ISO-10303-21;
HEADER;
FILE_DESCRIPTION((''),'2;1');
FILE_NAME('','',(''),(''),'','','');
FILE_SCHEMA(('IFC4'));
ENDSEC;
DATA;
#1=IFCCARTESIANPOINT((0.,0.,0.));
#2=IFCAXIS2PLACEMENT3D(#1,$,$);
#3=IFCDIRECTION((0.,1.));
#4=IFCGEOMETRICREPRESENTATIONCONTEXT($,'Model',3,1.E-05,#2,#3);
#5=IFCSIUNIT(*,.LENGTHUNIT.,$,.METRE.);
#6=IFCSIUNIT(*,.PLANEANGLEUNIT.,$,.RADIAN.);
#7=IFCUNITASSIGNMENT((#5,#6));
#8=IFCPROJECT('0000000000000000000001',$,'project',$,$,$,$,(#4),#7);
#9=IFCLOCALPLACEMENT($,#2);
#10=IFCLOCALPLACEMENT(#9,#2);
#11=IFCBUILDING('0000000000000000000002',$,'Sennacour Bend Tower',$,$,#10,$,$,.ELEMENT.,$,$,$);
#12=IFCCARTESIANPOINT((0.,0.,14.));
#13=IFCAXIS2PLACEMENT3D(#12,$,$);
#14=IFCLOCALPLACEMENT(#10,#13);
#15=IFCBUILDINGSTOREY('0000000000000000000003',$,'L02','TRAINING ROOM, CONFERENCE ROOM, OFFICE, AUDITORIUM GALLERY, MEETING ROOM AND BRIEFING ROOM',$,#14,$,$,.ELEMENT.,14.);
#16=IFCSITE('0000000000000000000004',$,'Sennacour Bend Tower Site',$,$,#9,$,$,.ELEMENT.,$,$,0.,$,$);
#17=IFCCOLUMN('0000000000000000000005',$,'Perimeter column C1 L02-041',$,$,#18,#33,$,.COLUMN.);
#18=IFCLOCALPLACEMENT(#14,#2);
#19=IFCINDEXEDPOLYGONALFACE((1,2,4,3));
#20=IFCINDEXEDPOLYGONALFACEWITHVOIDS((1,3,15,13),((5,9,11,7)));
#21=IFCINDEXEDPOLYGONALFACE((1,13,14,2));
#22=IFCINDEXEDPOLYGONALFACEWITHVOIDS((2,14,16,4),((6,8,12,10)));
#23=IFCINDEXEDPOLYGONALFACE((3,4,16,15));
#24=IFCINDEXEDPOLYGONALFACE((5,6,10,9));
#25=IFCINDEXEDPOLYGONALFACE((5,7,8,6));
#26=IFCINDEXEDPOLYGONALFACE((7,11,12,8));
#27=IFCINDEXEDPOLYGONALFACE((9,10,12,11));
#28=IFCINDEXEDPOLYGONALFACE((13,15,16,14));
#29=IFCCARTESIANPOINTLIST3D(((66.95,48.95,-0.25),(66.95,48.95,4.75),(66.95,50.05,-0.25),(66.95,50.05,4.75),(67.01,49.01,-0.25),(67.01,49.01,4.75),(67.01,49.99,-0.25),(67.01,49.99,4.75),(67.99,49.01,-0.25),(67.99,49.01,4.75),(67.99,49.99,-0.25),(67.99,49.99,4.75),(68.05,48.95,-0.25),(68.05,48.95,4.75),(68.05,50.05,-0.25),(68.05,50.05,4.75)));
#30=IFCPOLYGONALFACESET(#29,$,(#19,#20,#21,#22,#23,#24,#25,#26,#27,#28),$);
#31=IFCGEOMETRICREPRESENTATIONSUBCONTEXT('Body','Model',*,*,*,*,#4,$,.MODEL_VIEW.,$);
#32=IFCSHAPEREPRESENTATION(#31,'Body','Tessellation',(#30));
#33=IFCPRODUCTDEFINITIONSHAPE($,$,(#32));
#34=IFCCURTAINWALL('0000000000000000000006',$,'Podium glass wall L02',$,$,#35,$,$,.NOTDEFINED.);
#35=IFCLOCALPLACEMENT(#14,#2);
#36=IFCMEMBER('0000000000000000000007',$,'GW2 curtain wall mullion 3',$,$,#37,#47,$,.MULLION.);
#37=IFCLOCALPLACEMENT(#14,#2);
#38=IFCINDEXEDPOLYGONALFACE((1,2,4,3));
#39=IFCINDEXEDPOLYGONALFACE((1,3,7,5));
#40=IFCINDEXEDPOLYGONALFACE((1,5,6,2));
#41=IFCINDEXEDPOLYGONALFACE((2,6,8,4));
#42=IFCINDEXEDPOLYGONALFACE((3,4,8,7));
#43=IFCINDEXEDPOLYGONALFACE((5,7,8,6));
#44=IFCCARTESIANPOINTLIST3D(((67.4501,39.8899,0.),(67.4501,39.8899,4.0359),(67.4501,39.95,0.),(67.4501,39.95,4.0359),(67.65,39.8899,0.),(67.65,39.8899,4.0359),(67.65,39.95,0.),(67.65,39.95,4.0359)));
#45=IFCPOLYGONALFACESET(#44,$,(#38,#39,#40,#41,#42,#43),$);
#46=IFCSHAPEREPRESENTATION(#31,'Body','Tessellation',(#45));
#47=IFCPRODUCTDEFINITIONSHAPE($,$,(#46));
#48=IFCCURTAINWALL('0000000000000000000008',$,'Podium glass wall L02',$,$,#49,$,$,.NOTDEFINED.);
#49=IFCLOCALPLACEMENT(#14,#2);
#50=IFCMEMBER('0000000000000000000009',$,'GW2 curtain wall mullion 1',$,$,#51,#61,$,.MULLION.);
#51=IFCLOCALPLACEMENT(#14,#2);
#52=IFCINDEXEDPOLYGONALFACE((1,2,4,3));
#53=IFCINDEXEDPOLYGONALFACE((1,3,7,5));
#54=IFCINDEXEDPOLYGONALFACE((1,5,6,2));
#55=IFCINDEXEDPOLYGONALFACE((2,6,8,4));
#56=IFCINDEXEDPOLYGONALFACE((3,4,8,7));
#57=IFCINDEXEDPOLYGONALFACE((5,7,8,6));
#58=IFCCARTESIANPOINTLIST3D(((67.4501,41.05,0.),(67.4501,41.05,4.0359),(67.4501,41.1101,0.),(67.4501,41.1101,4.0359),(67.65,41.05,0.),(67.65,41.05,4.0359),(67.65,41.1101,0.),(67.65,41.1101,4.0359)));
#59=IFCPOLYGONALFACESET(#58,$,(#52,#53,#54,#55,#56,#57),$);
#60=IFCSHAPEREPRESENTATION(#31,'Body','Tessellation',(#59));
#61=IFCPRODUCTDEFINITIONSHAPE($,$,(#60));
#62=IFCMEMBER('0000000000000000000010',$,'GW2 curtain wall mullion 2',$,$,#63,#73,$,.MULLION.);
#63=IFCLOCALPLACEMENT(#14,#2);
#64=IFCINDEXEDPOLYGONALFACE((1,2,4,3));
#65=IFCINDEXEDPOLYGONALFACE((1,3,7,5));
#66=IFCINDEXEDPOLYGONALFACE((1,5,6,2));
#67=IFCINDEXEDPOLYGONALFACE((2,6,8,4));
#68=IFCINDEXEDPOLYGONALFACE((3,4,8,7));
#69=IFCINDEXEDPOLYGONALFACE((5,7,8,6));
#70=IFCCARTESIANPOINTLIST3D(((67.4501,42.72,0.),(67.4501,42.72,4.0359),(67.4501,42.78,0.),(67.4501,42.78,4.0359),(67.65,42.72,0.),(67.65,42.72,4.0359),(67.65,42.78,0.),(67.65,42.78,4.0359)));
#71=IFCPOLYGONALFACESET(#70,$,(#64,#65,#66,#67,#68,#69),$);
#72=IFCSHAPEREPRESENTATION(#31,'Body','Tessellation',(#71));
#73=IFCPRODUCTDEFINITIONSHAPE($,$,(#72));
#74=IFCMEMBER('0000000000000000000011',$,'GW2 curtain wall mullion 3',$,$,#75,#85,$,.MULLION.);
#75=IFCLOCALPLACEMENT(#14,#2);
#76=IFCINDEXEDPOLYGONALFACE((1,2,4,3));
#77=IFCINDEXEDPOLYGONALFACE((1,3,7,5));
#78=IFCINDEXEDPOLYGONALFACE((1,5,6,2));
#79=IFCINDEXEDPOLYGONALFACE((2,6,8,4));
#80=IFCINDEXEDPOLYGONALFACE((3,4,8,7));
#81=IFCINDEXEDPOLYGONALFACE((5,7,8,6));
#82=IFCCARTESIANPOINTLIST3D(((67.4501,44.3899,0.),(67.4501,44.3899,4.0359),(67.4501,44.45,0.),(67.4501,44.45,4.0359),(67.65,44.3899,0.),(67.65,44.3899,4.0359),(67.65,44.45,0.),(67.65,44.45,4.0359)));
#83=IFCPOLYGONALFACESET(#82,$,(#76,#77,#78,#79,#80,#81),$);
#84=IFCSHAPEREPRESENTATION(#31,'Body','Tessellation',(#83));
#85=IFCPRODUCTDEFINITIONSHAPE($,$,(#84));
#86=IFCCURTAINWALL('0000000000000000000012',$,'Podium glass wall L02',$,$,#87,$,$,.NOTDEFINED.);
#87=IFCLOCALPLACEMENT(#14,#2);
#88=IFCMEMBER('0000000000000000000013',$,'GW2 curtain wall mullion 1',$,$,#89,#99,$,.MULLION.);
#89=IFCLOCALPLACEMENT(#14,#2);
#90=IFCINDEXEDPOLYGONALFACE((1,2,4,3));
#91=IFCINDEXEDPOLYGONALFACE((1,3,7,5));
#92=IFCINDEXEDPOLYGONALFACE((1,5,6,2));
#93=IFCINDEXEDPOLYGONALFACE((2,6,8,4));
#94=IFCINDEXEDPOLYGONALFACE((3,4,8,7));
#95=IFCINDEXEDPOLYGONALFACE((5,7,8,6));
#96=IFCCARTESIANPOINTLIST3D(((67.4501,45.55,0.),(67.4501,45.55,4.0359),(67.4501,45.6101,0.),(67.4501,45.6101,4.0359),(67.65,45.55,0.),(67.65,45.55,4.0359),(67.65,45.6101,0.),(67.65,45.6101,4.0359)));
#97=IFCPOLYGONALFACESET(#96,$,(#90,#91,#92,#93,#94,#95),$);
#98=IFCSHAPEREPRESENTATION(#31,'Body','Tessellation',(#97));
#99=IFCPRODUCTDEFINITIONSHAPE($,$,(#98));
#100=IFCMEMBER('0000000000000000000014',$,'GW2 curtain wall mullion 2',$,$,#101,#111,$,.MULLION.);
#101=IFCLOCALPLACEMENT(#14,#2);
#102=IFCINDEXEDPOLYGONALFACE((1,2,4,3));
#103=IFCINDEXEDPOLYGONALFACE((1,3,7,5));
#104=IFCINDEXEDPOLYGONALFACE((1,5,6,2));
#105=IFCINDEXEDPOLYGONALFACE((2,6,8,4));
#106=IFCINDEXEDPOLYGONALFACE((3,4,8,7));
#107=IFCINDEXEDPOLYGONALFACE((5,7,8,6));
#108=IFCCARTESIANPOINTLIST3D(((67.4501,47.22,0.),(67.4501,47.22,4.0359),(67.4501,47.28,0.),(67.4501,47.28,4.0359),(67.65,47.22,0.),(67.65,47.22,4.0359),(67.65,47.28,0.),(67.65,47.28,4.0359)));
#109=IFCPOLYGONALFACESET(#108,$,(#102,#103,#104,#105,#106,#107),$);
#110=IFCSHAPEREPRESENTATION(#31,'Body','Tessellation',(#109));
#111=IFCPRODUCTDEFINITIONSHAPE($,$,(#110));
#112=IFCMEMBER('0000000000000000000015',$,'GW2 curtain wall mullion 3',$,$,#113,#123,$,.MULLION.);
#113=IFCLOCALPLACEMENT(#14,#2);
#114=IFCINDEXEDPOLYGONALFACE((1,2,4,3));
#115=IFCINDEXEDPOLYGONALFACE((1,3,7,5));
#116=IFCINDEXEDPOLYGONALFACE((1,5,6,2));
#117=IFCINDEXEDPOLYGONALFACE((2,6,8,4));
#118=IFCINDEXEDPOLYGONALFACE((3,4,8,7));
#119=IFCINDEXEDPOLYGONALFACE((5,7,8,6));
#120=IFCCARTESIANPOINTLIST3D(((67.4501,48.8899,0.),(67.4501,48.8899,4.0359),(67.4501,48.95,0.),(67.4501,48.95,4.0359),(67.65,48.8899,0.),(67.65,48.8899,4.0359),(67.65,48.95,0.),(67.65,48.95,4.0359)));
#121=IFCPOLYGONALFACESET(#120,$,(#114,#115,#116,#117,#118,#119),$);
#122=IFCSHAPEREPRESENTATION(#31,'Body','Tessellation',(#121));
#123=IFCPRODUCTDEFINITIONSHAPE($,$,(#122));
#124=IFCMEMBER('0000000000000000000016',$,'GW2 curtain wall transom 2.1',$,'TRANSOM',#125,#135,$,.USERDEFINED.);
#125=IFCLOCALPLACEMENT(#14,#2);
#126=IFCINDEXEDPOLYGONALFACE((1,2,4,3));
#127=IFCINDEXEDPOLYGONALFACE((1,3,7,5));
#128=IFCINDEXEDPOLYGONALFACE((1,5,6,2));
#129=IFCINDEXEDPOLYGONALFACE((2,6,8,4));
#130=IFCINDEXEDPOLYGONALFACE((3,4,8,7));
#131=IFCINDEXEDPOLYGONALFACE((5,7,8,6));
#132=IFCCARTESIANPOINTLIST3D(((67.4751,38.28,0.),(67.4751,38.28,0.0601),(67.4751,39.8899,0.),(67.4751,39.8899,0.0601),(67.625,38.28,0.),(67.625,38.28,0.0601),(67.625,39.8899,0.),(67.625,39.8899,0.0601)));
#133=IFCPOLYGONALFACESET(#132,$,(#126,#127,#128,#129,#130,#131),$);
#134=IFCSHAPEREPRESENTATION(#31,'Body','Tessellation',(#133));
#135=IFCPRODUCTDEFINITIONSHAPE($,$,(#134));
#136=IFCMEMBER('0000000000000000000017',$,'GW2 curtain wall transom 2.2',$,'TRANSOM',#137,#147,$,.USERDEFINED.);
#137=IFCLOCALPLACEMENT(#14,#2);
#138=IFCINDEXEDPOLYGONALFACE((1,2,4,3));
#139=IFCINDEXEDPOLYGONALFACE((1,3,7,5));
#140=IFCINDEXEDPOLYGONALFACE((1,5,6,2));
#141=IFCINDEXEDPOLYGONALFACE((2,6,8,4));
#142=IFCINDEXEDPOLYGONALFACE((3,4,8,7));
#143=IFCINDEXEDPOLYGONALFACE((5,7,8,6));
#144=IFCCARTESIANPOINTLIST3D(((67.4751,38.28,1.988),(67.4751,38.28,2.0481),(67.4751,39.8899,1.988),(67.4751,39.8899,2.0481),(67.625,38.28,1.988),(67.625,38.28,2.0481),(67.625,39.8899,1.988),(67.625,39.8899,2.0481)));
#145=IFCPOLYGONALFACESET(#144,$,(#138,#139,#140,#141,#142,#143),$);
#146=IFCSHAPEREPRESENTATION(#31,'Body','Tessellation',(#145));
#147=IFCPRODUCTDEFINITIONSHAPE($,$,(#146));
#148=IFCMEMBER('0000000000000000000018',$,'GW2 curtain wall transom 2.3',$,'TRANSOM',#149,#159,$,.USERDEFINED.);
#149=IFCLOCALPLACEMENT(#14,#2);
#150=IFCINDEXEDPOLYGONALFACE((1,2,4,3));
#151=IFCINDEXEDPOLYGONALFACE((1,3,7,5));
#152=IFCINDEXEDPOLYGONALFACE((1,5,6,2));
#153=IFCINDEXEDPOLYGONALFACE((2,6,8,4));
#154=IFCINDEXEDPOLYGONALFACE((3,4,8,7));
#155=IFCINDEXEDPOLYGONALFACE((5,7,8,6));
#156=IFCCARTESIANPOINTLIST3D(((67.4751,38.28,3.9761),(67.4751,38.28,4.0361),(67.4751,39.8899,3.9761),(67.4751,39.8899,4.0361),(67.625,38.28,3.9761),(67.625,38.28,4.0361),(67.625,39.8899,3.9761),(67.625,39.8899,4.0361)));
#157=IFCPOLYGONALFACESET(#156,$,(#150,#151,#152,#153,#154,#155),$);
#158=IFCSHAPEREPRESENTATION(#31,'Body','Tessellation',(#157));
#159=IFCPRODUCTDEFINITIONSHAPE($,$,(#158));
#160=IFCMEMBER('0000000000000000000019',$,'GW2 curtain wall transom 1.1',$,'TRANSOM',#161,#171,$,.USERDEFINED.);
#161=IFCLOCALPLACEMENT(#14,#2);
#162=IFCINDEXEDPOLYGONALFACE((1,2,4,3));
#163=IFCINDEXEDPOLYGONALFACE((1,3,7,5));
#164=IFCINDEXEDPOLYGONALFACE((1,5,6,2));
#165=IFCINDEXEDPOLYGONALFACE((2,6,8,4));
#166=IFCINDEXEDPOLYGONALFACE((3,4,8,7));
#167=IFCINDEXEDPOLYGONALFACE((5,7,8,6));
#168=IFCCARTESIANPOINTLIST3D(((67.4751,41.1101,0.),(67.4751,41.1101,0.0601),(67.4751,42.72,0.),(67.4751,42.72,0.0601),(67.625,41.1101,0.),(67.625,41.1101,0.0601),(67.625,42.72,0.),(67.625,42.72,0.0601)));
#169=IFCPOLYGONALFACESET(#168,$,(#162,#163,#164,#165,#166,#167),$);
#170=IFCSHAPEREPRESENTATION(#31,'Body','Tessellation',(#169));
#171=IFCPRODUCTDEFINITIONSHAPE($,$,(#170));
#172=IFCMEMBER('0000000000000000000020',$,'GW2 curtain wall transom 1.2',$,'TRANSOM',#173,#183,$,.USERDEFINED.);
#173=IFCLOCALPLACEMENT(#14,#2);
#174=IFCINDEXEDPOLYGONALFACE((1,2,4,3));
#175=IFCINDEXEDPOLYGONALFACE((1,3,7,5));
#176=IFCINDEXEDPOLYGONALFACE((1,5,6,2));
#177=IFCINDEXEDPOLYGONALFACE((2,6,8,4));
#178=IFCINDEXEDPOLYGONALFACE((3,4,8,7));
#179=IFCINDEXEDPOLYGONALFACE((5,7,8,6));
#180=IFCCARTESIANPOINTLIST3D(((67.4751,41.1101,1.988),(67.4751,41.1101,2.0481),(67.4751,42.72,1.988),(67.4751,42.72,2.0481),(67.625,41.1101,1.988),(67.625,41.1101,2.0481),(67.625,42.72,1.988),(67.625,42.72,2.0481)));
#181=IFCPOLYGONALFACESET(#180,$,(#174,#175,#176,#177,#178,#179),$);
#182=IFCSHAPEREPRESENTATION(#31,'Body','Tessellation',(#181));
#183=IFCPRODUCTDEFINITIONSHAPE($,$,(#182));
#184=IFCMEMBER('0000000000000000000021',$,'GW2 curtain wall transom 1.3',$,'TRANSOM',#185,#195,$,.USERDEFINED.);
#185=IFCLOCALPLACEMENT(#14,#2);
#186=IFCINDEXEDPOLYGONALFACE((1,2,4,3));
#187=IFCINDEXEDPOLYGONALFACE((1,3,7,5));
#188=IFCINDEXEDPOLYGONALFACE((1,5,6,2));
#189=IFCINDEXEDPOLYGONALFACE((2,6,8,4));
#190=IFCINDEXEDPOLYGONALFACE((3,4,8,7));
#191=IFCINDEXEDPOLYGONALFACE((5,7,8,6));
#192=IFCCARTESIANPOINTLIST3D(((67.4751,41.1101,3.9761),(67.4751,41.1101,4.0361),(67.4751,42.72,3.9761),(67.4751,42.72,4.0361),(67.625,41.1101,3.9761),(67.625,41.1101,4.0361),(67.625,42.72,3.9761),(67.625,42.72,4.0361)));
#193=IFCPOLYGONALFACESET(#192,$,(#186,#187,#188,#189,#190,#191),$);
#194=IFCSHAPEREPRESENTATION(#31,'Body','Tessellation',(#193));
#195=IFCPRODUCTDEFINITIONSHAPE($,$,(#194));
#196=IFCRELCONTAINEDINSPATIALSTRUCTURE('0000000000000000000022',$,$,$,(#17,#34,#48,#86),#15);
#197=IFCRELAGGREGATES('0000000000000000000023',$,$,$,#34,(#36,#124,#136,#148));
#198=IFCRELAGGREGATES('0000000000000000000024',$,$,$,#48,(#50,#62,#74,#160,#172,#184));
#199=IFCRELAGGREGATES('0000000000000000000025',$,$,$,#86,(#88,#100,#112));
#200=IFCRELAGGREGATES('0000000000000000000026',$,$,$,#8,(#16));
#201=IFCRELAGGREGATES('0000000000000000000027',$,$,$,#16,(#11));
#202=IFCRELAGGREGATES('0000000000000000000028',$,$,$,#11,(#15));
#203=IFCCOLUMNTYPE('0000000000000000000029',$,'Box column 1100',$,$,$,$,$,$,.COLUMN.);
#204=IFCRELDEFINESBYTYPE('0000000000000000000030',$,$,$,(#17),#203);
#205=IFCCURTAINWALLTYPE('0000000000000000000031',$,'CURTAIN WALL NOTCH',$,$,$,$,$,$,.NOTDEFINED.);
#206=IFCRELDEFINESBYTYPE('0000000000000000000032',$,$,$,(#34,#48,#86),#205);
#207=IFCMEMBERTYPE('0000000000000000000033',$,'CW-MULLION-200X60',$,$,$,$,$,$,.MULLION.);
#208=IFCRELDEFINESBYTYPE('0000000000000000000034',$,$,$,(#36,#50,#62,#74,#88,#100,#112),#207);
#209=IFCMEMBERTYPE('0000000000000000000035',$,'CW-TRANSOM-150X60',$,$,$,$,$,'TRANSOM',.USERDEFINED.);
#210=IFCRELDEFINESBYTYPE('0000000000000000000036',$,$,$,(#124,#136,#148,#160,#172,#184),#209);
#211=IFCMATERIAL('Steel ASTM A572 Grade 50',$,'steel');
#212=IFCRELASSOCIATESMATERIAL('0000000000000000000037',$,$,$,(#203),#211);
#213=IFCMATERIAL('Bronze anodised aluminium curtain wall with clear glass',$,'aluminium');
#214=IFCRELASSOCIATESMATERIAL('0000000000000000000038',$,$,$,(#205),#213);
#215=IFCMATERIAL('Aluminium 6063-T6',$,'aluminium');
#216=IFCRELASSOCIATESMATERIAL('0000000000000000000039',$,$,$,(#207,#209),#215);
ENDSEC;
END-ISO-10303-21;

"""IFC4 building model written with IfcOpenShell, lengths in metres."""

from ifc_helpers import new_model, si_unit, direction, frame, origin, origin_2d, place, context, subcontext, project, spatial, rectangle, hollow_rectangle, extrude, material, material_profile, profile_set, type_object, element, aggregate, save


model = new_model("IFC4")

# Units and contexts
model_context = context("Model", 3, precision=1e-05, world=origin(), true_north=direction((0.0, 1.0)))
body_context = subcontext(model_context, "Body", "Model", "MODEL_VIEW")
ifc_project = project(units=[si_unit("LENGTHUNIT", "METRE"), si_unit("PLANEANGLEUNIT", "RADIAN")], contexts=[model_context])

# Site, building, storey
site_placement = place(None, origin())
site = spatial("IfcSite", under=ifc_project, at=site_placement, Name="Sennacour Bend Tower Site", CompositionType="ELEMENT", RefElevation=0.0)
building_placement = place(site_placement, origin())
building = spatial("IfcBuilding", under=site, at=building_placement, Name="Sennacour Bend Tower", CompositionType="ELEMENT")
storey_placement = place(building_placement, frame((0.0, 0.0, 14.0)))
storey = spatial("IfcBuildingStorey", under=building, at=storey_placement, Name="L02", Description="TRAINING ROOM, CONFERENCE ROOM, OFFICE, AUDITORIUM GALLERY, MEETING ROOM AND BRIEFING ROOM", CompositionType="ELEMENT", Elevation=14.0)

# Column
ifc_material_1 = material(Name="Steel ASTM A572 Grade 50", Category="steel")
ifc_material_profile_1 = material_profile(ifc_material_1, hollow_rectangle(XDim=1.1001, YDim=1.1001, WallThickness=0.0601, at=origin_2d()), Name="Steel ASTM A572 Grade 50", Category="steel")
ifc_profile_set_1 = profile_set([ifc_material_profile_1], Name="Steel ASTM A572 Grade 50")
column_type = type_object("IfcColumnType", Name="Box column 1100", PredefinedType="COLUMN", material=ifc_profile_set_1)
column_placement = place(storey_placement, frame((67.5, 49.5, -0.25), z_axis=(0.0, 0.0, 1.0), x_axis=(1.0, 0.0, 0.0)))
element("IfcColumn", 1, at=column_placement, inside=storey, type_object=column_type, Name="Perimeter column C1 L02-041", PredefinedType="COLUMN", context=body_context, shape_type="SweptSolid", body=[
    extrude(hollow_rectangle(XDim=1.1001, YDim=1.1001, WallThickness=0.0601, at=origin_2d()), origin(), (0.0, 0.0, 1.0), 5.0),
])

# Curtain wall, member
ifc_material_2 = material(Name="Bronze anodised aluminium curtain wall with clear glass", Category="aluminium")
curtain_wall_type = type_object("IfcCurtainWallType", Name="CURTAIN WALL NOTCH", PredefinedType="NOTDEFINED", material=ifc_material_2)
curtain_wall_1_placement = place(storey_placement, origin())
curtain_wall_1 = element("IfcCurtainWall", 2, at=curtain_wall_1_placement, inside=storey, type_object=curtain_wall_type, Name="Podium glass wall L02", PredefinedType="NOTDEFINED")
ifc_material_3 = material(Name="Aluminium 6063-T6", Category="aluminium")
ifc_material_profile_2 = material_profile(ifc_material_3, rectangle(XDim=0.2, YDim=0.0601, at=origin_2d()), Name="Aluminium 6063-T6", Category="aluminium")
ifc_profile_set_2 = profile_set([ifc_material_profile_2], Name="Aluminium 6063-T6")
member_type_1 = type_object("IfcMemberType", Name="CW-MULLION-200X60", PredefinedType="MULLION", material=ifc_profile_set_2)
member_1_placement = place(storey_placement, frame((67.55, 39.9199, 0.0), z_axis=(0.0, 0.0, 1.0), x_axis=(-1.0, 0.0, 0.0)))
member_1 = element("IfcMember", 3, at=member_1_placement, type_object=member_type_1, Name="GW2 curtain wall mullion 3", PredefinedType="MULLION", context=body_context, shape_type="SweptSolid", body=[
    extrude(rectangle(XDim=0.2, YDim=0.0601, at=origin_2d()), origin(), (0.0, 0.0, 1.0), 4.0359),
])

# Curtain walls, members
curtain_wall_2_placement = place(storey_placement, origin())
curtain_wall_2 = element("IfcCurtainWall", 4, at=curtain_wall_2_placement, inside=storey, type_object=curtain_wall_type, Name="Podium glass wall L02", PredefinedType="NOTDEFINED")
member_2_placement = place(storey_placement, frame((67.55, 41.0801, 0.0), z_axis=(0.0, 0.0, 1.0), x_axis=(-1.0, 0.0, 0.0)))
member_2 = element("IfcMember", 5, at=member_2_placement, type_object=member_type_1, Name="GW2 curtain wall mullion 1", PredefinedType="MULLION", context=body_context, shape_type="SweptSolid", body=[
    extrude(rectangle(XDim=0.2, YDim=0.0601, at=origin_2d()), origin(), (0.0, 0.0, 1.0), 4.0359),
])
member_3_placement = place(storey_placement, frame((67.55, 42.75, 0.0), z_axis=(0.0, 0.0, 1.0), x_axis=(-1.0, 0.0, 0.0)))
member_3 = element("IfcMember", 6, at=member_3_placement, type_object=member_type_1, Name="GW2 curtain wall mullion 2", PredefinedType="MULLION", context=body_context, shape_type="SweptSolid", body=[
    extrude(rectangle(XDim=0.2, YDim=0.0601, at=origin_2d()), origin(), (0.0, 0.0, 1.0), 4.0359),
])
member_4_placement = place(storey_placement, frame((67.55, 44.4199, 0.0), z_axis=(0.0, 0.0, 1.0), x_axis=(-1.0, 0.0, 0.0)))
member_4 = element("IfcMember", 7, at=member_4_placement, type_object=member_type_1, Name="GW2 curtain wall mullion 3", PredefinedType="MULLION", context=body_context, shape_type="SweptSolid", body=[
    extrude(rectangle(XDim=0.2, YDim=0.0601, at=origin_2d()), origin(), (0.0, 0.0, 1.0), 4.0359),
])
curtain_wall_3_placement = place(storey_placement, origin())
curtain_wall_3 = element("IfcCurtainWall", 8, at=curtain_wall_3_placement, inside=storey, type_object=curtain_wall_type, Name="Podium glass wall L02", PredefinedType="NOTDEFINED")
member_5_placement = place(storey_placement, frame((67.55, 45.5801, 0.0), z_axis=(0.0, 0.0, 1.0), x_axis=(-1.0, 0.0, 0.0)))
member_5 = element("IfcMember", 9, at=member_5_placement, type_object=member_type_1, Name="GW2 curtain wall mullion 1", PredefinedType="MULLION", context=body_context, shape_type="SweptSolid", body=[
    extrude(rectangle(XDim=0.2, YDim=0.0601, at=origin_2d()), origin(), (0.0, 0.0, 1.0), 4.0359),
])
member_6_placement = place(storey_placement, frame((67.55, 47.25, 0.0), z_axis=(0.0, 0.0, 1.0), x_axis=(-1.0, 0.0, 0.0)))
member_6 = element("IfcMember", 10, at=member_6_placement, type_object=member_type_1, Name="GW2 curtain wall mullion 2", PredefinedType="MULLION", context=body_context, shape_type="SweptSolid", body=[
    extrude(rectangle(XDim=0.2, YDim=0.0601, at=origin_2d()), origin(), (0.0, 0.0, 1.0), 4.0359),
])
member_7_placement = place(storey_placement, frame((67.55, 48.9199, 0.0), z_axis=(0.0, 0.0, 1.0), x_axis=(-1.0, 0.0, 0.0)))
member_7 = element("IfcMember", 11, at=member_7_placement, type_object=member_type_1, Name="GW2 curtain wall mullion 3", PredefinedType="MULLION", context=body_context, shape_type="SweptSolid", body=[
    extrude(rectangle(XDim=0.2, YDim=0.0601, at=origin_2d()), origin(), (0.0, 0.0, 1.0), 4.0359),
])

# Members
ifc_material_profile_3 = material_profile(ifc_material_3, rectangle(XDim=0.1499, YDim=0.0601, at=origin_2d()), Name="Aluminium 6063-T6", Category="aluminium")
ifc_profile_set_3 = profile_set([ifc_material_profile_3], Name="Aluminium 6063-T6")
member_type_2 = type_object("IfcMemberType", Name="CW-TRANSOM-150X60", ElementType="TRANSOM", PredefinedType="USERDEFINED", material=ifc_profile_set_3)
member_8_placement = place(storey_placement, frame((67.55, 38.28, 0.03), z_axis=(0.0, 1.0, 0.0), x_axis=(-1.0, 0.0, 0.0)))
member_8 = element("IfcMember", 12, at=member_8_placement, type_object=member_type_2, Name="GW2 curtain wall transom 2.1", ObjectType="TRANSOM", PredefinedType="USERDEFINED", context=body_context, shape_type="SweptSolid", body=[
    extrude(rectangle(XDim=0.1499, YDim=0.0601, at=origin_2d()), origin(), (0.0, 0.0, 1.0), 1.6099),
])
member_9_placement = place(storey_placement, frame((67.55, 38.28, 2.0181), z_axis=(0.0, 1.0, 0.0), x_axis=(-1.0, 0.0, 0.0)))
member_9 = element("IfcMember", 13, at=member_9_placement, type_object=member_type_2, Name="GW2 curtain wall transom 2.2", ObjectType="TRANSOM", PredefinedType="USERDEFINED", context=body_context, shape_type="SweptSolid", body=[
    extrude(rectangle(XDim=0.1499, YDim=0.0601, at=origin_2d()), origin(), (0.0, 0.0, 1.0), 1.6099),
])
member_10_placement = place(storey_placement, frame((67.55, 38.28, 4.0061), z_axis=(0.0, 1.0, 0.0), x_axis=(-1.0, 0.0, 0.0)))
member_10 = element("IfcMember", 14, at=member_10_placement, type_object=member_type_2, Name="GW2 curtain wall transom 2.3", ObjectType="TRANSOM", PredefinedType="USERDEFINED", context=body_context, shape_type="SweptSolid", body=[
    extrude(rectangle(XDim=0.1499, YDim=0.0601, at=origin_2d()), origin(), (0.0, 0.0, 1.0), 1.6099),
])
member_11_placement = place(storey_placement, frame((67.55, 41.1101, 0.03), z_axis=(0.0, 1.0, 0.0), x_axis=(-1.0, 0.0, 0.0)))
member_11 = element("IfcMember", 15, at=member_11_placement, type_object=member_type_2, Name="GW2 curtain wall transom 1.1", ObjectType="TRANSOM", PredefinedType="USERDEFINED", context=body_context, shape_type="SweptSolid", body=[
    extrude(rectangle(XDim=0.1499, YDim=0.0601, at=origin_2d()), origin(), (0.0, 0.0, 1.0), 1.6099),
])
member_12_placement = place(storey_placement, frame((67.55, 41.1101, 2.0181), z_axis=(0.0, 1.0, 0.0), x_axis=(-1.0, 0.0, 0.0)))
member_12 = element("IfcMember", 16, at=member_12_placement, type_object=member_type_2, Name="GW2 curtain wall transom 1.2", ObjectType="TRANSOM", PredefinedType="USERDEFINED", context=body_context, shape_type="SweptSolid", body=[
    extrude(rectangle(XDim=0.1499, YDim=0.0601, at=origin_2d()), origin(), (0.0, 0.0, 1.0), 1.6099),
])
member_13_placement = place(storey_placement, frame((67.55, 41.1101, 4.0061), z_axis=(0.0, 1.0, 0.0), x_axis=(-1.0, 0.0, 0.0)))
member_13 = element("IfcMember", 17, at=member_13_placement, type_object=member_type_2, Name="GW2 curtain wall transom 1.3", ObjectType="TRANSOM", PredefinedType="USERDEFINED", context=body_context, shape_type="SweptSolid", body=[
    extrude(rectangle(XDim=0.1499, YDim=0.0601, at=origin_2d()), origin(), (0.0, 0.0, 1.0), 1.6099),
])

aggregate(curtain_wall_1, [member_1, member_8, member_9, member_10])
aggregate(curtain_wall_2, [member_2, member_3, member_4, member_11, member_12, member_13])
aggregate(curtain_wall_3, [member_5, member_6, member_7])

save(model, "model.ifc")
